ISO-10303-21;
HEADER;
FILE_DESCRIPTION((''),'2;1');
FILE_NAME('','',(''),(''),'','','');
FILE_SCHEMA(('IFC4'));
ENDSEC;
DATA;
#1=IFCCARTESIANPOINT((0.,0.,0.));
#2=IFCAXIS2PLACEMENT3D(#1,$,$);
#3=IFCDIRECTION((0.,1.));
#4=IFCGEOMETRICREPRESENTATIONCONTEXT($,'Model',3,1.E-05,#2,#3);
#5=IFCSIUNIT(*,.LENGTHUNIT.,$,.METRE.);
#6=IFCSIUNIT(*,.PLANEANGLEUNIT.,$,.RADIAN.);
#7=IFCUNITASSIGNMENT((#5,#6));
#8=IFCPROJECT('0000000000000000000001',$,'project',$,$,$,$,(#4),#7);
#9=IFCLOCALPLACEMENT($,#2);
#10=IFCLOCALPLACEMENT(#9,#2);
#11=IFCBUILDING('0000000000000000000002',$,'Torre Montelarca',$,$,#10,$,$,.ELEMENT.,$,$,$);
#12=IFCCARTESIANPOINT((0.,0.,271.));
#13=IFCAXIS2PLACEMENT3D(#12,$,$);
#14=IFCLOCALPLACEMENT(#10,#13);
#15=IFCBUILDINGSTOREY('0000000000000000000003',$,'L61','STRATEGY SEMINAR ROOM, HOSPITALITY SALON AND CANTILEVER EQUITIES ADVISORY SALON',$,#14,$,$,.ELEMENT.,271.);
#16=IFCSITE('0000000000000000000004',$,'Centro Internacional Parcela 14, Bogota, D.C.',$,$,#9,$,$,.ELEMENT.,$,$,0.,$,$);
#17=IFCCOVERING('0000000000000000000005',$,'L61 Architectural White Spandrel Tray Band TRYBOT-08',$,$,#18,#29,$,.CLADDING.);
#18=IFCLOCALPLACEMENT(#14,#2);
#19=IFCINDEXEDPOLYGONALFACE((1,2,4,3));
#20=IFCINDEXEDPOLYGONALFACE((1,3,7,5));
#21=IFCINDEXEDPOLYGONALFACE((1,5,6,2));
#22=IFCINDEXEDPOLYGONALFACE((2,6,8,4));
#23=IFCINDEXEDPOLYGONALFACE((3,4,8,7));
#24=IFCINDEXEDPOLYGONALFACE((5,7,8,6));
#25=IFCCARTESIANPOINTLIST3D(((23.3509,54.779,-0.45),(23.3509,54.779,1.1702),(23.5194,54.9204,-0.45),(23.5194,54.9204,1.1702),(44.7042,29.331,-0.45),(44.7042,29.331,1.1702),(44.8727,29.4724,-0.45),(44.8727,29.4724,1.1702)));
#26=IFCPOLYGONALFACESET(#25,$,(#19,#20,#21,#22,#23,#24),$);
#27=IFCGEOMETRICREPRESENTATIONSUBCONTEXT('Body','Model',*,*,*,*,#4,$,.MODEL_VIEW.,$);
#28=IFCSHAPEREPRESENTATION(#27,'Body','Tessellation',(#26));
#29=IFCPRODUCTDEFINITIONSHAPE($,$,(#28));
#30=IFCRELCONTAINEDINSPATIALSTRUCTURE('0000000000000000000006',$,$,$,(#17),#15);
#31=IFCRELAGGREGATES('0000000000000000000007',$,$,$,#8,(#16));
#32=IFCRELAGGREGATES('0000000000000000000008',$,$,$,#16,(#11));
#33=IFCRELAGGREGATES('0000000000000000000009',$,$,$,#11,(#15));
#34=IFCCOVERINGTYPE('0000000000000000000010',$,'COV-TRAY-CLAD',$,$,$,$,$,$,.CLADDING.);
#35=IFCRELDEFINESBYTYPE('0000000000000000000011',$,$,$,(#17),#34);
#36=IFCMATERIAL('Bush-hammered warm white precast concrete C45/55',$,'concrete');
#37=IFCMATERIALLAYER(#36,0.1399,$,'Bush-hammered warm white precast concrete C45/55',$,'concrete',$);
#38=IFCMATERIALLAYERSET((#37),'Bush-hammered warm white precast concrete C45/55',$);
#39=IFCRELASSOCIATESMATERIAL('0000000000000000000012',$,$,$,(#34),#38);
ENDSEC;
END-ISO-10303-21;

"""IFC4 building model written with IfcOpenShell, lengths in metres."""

from ifc_helpers import new_model, si_unit, direction, frame, origin, origin_2d, place, context, subcontext, project, spatial, rectangle, extrude, source, transform, mapped, material, layer, layer_set, type_object, element, save


model = new_model("IFC4")

# Units and contexts
model_context = context("Model", 3, precision=1e-05, world=origin(), true_north=direction((0.0, 1.0)))
body_context = subcontext(model_context, "Body", "Model", "MODEL_VIEW")
ifc_project = project(units=[si_unit("LENGTHUNIT", "METRE"), si_unit("PLANEANGLEUNIT", "RADIAN")], contexts=[model_context])

# Site, building, storey
site_placement = place(None, origin())
site = spatial("IfcSite", under=ifc_project, at=site_placement, Name="Centro Internacional Parcela 14, Bogota, D.C.", CompositionType="ELEMENT", RefElevation=0.0)
building_placement = place(site_placement, origin())
building = spatial("IfcBuilding", under=site, at=building_placement, Name="Torre Montelarca", CompositionType="ELEMENT")
storey_placement = place(building_placement, frame((0.0, 0.0, 271.0)))
storey = spatial("IfcBuildingStorey", under=building, at=storey_placement, Name="L61", Description="STRATEGY SEMINAR ROOM, HOSPITALITY SALON AND CANTILEVER EQUITIES ADVISORY SALON", CompositionType="ELEMENT", Elevation=271.0)

# Covering
ifc_material_1 = material(Name="Bush-hammered warm white precast concrete C45/55", Category="concrete")
ifc_layer_1 = layer(ifc_material_1, 0.1399, Name="Bush-hammered warm white precast concrete C45/55", Category="concrete")
ifc_layer_set_1 = layer_set([ifc_layer_1], Name="Bush-hammered warm white precast concrete C45/55")
covering_type = type_object("IfcCoveringType", Name="COV-TRAY-CLAD", PredefinedType="CLADDING", material=ifc_layer_set_1)
shared_shape_1 = source(origin(), body_context, "Body", "SweptSolid", [
    extrude(rectangle(XDim=33.22, YDim=0.22, at=origin_2d()), origin(), (0.0, 0.0, 1.0), 1.6201),
])
covering_placement = place(storey_placement, frame((34.1118, 42.1257, -0.45), z_axis=(0.0, 0.0, 1.0), x_axis=(-0.642786, 0.766046, 0.0)))
element("IfcCovering", 1, at=covering_placement, inside=storey, type_object=covering_type, Name="L61 Architectural White Spandrel Tray Band TRYBOT-08", PredefinedType="CLADDING", context=body_context, shape_type="MappedRepresentation", body=[
    mapped(shared_shape_1, transform((0.0, 0.0, 0.0), scale=1.0)),
])

save(model, "model.ifc")
